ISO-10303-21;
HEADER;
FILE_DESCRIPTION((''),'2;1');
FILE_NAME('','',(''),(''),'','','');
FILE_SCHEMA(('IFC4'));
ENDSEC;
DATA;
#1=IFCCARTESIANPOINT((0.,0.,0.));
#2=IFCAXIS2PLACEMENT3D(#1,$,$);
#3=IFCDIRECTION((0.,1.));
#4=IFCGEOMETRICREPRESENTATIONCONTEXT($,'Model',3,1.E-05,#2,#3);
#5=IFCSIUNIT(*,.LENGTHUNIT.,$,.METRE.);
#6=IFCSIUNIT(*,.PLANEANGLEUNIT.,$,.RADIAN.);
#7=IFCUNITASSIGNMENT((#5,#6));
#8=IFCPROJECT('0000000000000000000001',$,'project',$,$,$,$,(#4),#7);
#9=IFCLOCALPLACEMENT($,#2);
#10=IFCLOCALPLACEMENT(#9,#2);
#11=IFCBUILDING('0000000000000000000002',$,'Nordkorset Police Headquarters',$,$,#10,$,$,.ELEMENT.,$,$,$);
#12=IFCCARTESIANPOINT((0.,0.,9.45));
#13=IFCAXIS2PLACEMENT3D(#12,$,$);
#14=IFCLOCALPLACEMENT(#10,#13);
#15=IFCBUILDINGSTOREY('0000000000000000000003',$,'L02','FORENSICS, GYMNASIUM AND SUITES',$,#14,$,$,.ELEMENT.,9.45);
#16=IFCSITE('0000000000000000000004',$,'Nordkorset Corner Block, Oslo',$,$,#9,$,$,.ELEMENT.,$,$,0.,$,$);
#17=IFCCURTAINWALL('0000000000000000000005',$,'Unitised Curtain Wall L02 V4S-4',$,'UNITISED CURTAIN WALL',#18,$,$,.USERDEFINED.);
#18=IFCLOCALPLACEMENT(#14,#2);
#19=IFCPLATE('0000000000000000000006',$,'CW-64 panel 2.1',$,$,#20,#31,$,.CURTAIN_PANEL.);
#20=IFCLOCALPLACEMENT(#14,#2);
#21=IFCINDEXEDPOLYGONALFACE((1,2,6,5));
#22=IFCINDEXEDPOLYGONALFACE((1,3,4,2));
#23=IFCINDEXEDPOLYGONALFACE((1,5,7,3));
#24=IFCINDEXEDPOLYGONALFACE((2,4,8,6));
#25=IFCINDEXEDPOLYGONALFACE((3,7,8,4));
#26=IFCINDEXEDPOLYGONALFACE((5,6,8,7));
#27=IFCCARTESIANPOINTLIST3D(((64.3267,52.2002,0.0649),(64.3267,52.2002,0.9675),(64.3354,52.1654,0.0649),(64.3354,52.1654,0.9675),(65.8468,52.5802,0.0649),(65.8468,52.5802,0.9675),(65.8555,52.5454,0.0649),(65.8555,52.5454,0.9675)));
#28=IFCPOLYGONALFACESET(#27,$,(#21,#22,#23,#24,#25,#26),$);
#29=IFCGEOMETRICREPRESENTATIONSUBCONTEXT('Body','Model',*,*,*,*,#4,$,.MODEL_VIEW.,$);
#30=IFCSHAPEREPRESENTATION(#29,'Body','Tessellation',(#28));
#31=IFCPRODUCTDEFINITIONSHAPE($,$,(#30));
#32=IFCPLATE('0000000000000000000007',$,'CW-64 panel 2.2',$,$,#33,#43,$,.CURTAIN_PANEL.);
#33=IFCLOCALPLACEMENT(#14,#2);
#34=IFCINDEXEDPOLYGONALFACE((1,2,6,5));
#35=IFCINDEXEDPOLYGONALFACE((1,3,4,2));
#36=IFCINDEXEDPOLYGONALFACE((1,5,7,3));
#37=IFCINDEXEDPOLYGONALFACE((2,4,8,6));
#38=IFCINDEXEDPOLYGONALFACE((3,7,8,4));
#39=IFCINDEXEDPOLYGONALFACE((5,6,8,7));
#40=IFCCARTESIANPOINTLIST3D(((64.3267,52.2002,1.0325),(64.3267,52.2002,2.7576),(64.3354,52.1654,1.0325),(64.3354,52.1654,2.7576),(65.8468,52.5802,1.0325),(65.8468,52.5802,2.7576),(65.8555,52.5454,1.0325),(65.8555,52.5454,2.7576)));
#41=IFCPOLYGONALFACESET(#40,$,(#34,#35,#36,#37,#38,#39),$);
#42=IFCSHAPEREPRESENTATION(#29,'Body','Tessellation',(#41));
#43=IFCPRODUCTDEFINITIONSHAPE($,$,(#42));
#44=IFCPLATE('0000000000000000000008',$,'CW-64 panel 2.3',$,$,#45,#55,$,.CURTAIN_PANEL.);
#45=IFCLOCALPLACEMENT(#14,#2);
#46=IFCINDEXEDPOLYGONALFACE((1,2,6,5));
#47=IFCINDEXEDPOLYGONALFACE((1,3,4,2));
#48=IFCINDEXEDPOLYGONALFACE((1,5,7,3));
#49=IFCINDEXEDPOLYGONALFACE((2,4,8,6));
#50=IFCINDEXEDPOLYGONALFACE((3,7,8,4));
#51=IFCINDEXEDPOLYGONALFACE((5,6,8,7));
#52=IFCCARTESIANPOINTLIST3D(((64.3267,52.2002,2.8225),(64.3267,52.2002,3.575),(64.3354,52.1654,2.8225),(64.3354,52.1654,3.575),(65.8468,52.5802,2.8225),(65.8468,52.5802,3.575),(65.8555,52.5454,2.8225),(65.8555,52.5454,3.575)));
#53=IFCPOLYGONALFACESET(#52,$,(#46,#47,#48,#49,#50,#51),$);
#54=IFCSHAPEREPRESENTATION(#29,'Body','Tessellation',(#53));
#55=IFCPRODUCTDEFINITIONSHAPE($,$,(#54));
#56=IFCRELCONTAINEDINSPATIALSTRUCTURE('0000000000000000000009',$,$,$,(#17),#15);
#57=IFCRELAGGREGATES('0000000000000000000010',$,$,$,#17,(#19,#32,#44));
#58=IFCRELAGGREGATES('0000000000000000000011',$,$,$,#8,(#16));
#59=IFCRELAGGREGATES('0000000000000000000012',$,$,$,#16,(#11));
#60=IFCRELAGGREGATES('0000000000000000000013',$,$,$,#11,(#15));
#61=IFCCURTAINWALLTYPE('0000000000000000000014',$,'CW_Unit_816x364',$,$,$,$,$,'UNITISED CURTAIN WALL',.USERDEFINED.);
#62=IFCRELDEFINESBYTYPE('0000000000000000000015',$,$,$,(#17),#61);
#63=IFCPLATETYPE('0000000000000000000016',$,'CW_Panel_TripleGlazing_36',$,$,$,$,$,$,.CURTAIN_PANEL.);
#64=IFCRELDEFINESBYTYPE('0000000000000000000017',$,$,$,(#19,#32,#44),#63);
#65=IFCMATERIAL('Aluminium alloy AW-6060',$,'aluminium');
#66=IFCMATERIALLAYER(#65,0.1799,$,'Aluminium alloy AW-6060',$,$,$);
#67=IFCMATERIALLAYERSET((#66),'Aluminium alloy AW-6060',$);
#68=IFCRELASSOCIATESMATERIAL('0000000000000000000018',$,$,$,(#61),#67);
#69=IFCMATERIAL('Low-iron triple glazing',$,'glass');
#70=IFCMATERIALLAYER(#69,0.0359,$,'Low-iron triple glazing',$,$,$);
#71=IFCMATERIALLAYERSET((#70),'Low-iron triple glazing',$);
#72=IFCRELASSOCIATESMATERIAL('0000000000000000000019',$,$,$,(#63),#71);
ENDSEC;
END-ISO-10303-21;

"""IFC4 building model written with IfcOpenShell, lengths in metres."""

from ifc_helpers import new_model, si_unit, direction, frame, origin, origin_2d, place, context, subcontext, project, spatial, rectangle, extrude, material, layer, layer_set, type_object, element, aggregate, save


model = new_model("IFC4")

# Units and contexts
model_context = context("Model", 3, precision=1e-05, world=origin(), true_north=direction((0.0, 1.0)))
body_context = subcontext(model_context, "Body", "Model", "MODEL_VIEW")
ifc_project = project(units=[si_unit("LENGTHUNIT", "METRE"), si_unit("PLANEANGLEUNIT", "RADIAN")], contexts=[model_context])

# Site, building, storey
site_placement = place(None, origin())
site = spatial("IfcSite", under=ifc_project, at=site_placement, Name="Nordkorset Corner Block, Oslo", CompositionType="ELEMENT", RefElevation=0.0)
building_placement = place(site_placement, origin())
building = spatial("IfcBuilding", under=site, at=building_placement, Name="Nordkorset Police Headquarters", CompositionType="ELEMENT")
storey_placement = place(building_placement, frame((0.0, 0.0, 9.45)))
storey = spatial("IfcBuildingStorey", under=building, at=storey_placement, Name="L02", Description="FORENSICS, GYMNASIUM AND SUITES", CompositionType="ELEMENT", Elevation=9.45)

# Curtain wall
ifc_material_1 = material(Name="Aluminium alloy AW-6060", Category="aluminium")
ifc_layer_1 = layer(ifc_material_1, 0.1799, Name="Aluminium alloy AW-6060")
ifc_layer_set_1 = layer_set([ifc_layer_1], Name="Aluminium alloy AW-6060")
curtain_wall_type_1 = type_object("IfcCurtainWallType", Name="CW_Unit_816x364", ElementType="UNITISED CURTAIN WALL", PredefinedType="USERDEFINED", material=ifc_layer_set_1)
curtain_wall_1_placement = place(storey_placement, origin())
curtain_wall_1 = element("IfcCurtainWall", 1, at=curtain_wall_1_placement, inside=storey, type_object=curtain_wall_type_1, Name="Unitised Curtain Wall L02 V4S-4", ObjectType="UNITISED CURTAIN WALL", PredefinedType="USERDEFINED")

# Plates
ifc_material_2 = material(Name="Low-iron triple glazing", Category="glass")
ifc_layer_2 = layer(ifc_material_2, 0.0359, Name="Low-iron triple glazing")
ifc_layer_set_2 = layer_set([ifc_layer_2], Name="Low-iron triple glazing")
plate_type = type_object("IfcPlateType", Name="CW_Panel_TripleGlazing_36", PredefinedType="CURTAIN_PANEL", material=ifc_layer_set_2)
plate_1_placement = place(storey_placement, frame((65.0911, 52.3728, 0.0649), z_axis=(0.0, 0.0, 1.0), x_axis=(0.970143, 0.242536, 0.0)))
plate_1 = element("IfcPlate", 2, at=plate_1_placement, type_object=plate_type, Name="CW-64 panel 2.1", PredefinedType="CURTAIN_PANEL", context=body_context, shape_type="SweptSolid", body=[
    extrude(rectangle(XDim=1.5669, YDim=0.0359, at=origin_2d()), origin(), (0.0, 0.0, 1.0), 0.9026),
])
plate_2_placement = place(storey_placement, frame((65.0911, 52.3728, 1.0325), z_axis=(0.0, 0.0, 1.0), x_axis=(0.970143, 0.242536, 0.0)))
plate_2 = element("IfcPlate", 3, at=plate_2_placement, type_object=plate_type, Name="CW-64 panel 2.2", PredefinedType="CURTAIN_PANEL", context=body_context, shape_type="SweptSolid", body=[
    extrude(rectangle(XDim=1.5669, YDim=0.0359, at=origin_2d()), origin(), (0.0, 0.0, 1.0), 1.7251),
])
plate_3_placement = place(storey_placement, frame((65.0911, 52.3728, 2.8225), z_axis=(0.0, 0.0, 1.0), x_axis=(0.970143, 0.242536, 0.0)))
plate_3 = element("IfcPlate", 4, at=plate_3_placement, type_object=plate_type, Name="CW-64 panel 2.3", PredefinedType="CURTAIN_PANEL", context=body_context, shape_type="SweptSolid", body=[
    extrude(rectangle(XDim=1.5669, YDim=0.0359, at=origin_2d()), origin(), (0.0, 0.0, 1.0), 0.7524),
])
aggregate(curtain_wall_1, [plate_1, plate_2, plate_3])

save(model, "model.ifc")
